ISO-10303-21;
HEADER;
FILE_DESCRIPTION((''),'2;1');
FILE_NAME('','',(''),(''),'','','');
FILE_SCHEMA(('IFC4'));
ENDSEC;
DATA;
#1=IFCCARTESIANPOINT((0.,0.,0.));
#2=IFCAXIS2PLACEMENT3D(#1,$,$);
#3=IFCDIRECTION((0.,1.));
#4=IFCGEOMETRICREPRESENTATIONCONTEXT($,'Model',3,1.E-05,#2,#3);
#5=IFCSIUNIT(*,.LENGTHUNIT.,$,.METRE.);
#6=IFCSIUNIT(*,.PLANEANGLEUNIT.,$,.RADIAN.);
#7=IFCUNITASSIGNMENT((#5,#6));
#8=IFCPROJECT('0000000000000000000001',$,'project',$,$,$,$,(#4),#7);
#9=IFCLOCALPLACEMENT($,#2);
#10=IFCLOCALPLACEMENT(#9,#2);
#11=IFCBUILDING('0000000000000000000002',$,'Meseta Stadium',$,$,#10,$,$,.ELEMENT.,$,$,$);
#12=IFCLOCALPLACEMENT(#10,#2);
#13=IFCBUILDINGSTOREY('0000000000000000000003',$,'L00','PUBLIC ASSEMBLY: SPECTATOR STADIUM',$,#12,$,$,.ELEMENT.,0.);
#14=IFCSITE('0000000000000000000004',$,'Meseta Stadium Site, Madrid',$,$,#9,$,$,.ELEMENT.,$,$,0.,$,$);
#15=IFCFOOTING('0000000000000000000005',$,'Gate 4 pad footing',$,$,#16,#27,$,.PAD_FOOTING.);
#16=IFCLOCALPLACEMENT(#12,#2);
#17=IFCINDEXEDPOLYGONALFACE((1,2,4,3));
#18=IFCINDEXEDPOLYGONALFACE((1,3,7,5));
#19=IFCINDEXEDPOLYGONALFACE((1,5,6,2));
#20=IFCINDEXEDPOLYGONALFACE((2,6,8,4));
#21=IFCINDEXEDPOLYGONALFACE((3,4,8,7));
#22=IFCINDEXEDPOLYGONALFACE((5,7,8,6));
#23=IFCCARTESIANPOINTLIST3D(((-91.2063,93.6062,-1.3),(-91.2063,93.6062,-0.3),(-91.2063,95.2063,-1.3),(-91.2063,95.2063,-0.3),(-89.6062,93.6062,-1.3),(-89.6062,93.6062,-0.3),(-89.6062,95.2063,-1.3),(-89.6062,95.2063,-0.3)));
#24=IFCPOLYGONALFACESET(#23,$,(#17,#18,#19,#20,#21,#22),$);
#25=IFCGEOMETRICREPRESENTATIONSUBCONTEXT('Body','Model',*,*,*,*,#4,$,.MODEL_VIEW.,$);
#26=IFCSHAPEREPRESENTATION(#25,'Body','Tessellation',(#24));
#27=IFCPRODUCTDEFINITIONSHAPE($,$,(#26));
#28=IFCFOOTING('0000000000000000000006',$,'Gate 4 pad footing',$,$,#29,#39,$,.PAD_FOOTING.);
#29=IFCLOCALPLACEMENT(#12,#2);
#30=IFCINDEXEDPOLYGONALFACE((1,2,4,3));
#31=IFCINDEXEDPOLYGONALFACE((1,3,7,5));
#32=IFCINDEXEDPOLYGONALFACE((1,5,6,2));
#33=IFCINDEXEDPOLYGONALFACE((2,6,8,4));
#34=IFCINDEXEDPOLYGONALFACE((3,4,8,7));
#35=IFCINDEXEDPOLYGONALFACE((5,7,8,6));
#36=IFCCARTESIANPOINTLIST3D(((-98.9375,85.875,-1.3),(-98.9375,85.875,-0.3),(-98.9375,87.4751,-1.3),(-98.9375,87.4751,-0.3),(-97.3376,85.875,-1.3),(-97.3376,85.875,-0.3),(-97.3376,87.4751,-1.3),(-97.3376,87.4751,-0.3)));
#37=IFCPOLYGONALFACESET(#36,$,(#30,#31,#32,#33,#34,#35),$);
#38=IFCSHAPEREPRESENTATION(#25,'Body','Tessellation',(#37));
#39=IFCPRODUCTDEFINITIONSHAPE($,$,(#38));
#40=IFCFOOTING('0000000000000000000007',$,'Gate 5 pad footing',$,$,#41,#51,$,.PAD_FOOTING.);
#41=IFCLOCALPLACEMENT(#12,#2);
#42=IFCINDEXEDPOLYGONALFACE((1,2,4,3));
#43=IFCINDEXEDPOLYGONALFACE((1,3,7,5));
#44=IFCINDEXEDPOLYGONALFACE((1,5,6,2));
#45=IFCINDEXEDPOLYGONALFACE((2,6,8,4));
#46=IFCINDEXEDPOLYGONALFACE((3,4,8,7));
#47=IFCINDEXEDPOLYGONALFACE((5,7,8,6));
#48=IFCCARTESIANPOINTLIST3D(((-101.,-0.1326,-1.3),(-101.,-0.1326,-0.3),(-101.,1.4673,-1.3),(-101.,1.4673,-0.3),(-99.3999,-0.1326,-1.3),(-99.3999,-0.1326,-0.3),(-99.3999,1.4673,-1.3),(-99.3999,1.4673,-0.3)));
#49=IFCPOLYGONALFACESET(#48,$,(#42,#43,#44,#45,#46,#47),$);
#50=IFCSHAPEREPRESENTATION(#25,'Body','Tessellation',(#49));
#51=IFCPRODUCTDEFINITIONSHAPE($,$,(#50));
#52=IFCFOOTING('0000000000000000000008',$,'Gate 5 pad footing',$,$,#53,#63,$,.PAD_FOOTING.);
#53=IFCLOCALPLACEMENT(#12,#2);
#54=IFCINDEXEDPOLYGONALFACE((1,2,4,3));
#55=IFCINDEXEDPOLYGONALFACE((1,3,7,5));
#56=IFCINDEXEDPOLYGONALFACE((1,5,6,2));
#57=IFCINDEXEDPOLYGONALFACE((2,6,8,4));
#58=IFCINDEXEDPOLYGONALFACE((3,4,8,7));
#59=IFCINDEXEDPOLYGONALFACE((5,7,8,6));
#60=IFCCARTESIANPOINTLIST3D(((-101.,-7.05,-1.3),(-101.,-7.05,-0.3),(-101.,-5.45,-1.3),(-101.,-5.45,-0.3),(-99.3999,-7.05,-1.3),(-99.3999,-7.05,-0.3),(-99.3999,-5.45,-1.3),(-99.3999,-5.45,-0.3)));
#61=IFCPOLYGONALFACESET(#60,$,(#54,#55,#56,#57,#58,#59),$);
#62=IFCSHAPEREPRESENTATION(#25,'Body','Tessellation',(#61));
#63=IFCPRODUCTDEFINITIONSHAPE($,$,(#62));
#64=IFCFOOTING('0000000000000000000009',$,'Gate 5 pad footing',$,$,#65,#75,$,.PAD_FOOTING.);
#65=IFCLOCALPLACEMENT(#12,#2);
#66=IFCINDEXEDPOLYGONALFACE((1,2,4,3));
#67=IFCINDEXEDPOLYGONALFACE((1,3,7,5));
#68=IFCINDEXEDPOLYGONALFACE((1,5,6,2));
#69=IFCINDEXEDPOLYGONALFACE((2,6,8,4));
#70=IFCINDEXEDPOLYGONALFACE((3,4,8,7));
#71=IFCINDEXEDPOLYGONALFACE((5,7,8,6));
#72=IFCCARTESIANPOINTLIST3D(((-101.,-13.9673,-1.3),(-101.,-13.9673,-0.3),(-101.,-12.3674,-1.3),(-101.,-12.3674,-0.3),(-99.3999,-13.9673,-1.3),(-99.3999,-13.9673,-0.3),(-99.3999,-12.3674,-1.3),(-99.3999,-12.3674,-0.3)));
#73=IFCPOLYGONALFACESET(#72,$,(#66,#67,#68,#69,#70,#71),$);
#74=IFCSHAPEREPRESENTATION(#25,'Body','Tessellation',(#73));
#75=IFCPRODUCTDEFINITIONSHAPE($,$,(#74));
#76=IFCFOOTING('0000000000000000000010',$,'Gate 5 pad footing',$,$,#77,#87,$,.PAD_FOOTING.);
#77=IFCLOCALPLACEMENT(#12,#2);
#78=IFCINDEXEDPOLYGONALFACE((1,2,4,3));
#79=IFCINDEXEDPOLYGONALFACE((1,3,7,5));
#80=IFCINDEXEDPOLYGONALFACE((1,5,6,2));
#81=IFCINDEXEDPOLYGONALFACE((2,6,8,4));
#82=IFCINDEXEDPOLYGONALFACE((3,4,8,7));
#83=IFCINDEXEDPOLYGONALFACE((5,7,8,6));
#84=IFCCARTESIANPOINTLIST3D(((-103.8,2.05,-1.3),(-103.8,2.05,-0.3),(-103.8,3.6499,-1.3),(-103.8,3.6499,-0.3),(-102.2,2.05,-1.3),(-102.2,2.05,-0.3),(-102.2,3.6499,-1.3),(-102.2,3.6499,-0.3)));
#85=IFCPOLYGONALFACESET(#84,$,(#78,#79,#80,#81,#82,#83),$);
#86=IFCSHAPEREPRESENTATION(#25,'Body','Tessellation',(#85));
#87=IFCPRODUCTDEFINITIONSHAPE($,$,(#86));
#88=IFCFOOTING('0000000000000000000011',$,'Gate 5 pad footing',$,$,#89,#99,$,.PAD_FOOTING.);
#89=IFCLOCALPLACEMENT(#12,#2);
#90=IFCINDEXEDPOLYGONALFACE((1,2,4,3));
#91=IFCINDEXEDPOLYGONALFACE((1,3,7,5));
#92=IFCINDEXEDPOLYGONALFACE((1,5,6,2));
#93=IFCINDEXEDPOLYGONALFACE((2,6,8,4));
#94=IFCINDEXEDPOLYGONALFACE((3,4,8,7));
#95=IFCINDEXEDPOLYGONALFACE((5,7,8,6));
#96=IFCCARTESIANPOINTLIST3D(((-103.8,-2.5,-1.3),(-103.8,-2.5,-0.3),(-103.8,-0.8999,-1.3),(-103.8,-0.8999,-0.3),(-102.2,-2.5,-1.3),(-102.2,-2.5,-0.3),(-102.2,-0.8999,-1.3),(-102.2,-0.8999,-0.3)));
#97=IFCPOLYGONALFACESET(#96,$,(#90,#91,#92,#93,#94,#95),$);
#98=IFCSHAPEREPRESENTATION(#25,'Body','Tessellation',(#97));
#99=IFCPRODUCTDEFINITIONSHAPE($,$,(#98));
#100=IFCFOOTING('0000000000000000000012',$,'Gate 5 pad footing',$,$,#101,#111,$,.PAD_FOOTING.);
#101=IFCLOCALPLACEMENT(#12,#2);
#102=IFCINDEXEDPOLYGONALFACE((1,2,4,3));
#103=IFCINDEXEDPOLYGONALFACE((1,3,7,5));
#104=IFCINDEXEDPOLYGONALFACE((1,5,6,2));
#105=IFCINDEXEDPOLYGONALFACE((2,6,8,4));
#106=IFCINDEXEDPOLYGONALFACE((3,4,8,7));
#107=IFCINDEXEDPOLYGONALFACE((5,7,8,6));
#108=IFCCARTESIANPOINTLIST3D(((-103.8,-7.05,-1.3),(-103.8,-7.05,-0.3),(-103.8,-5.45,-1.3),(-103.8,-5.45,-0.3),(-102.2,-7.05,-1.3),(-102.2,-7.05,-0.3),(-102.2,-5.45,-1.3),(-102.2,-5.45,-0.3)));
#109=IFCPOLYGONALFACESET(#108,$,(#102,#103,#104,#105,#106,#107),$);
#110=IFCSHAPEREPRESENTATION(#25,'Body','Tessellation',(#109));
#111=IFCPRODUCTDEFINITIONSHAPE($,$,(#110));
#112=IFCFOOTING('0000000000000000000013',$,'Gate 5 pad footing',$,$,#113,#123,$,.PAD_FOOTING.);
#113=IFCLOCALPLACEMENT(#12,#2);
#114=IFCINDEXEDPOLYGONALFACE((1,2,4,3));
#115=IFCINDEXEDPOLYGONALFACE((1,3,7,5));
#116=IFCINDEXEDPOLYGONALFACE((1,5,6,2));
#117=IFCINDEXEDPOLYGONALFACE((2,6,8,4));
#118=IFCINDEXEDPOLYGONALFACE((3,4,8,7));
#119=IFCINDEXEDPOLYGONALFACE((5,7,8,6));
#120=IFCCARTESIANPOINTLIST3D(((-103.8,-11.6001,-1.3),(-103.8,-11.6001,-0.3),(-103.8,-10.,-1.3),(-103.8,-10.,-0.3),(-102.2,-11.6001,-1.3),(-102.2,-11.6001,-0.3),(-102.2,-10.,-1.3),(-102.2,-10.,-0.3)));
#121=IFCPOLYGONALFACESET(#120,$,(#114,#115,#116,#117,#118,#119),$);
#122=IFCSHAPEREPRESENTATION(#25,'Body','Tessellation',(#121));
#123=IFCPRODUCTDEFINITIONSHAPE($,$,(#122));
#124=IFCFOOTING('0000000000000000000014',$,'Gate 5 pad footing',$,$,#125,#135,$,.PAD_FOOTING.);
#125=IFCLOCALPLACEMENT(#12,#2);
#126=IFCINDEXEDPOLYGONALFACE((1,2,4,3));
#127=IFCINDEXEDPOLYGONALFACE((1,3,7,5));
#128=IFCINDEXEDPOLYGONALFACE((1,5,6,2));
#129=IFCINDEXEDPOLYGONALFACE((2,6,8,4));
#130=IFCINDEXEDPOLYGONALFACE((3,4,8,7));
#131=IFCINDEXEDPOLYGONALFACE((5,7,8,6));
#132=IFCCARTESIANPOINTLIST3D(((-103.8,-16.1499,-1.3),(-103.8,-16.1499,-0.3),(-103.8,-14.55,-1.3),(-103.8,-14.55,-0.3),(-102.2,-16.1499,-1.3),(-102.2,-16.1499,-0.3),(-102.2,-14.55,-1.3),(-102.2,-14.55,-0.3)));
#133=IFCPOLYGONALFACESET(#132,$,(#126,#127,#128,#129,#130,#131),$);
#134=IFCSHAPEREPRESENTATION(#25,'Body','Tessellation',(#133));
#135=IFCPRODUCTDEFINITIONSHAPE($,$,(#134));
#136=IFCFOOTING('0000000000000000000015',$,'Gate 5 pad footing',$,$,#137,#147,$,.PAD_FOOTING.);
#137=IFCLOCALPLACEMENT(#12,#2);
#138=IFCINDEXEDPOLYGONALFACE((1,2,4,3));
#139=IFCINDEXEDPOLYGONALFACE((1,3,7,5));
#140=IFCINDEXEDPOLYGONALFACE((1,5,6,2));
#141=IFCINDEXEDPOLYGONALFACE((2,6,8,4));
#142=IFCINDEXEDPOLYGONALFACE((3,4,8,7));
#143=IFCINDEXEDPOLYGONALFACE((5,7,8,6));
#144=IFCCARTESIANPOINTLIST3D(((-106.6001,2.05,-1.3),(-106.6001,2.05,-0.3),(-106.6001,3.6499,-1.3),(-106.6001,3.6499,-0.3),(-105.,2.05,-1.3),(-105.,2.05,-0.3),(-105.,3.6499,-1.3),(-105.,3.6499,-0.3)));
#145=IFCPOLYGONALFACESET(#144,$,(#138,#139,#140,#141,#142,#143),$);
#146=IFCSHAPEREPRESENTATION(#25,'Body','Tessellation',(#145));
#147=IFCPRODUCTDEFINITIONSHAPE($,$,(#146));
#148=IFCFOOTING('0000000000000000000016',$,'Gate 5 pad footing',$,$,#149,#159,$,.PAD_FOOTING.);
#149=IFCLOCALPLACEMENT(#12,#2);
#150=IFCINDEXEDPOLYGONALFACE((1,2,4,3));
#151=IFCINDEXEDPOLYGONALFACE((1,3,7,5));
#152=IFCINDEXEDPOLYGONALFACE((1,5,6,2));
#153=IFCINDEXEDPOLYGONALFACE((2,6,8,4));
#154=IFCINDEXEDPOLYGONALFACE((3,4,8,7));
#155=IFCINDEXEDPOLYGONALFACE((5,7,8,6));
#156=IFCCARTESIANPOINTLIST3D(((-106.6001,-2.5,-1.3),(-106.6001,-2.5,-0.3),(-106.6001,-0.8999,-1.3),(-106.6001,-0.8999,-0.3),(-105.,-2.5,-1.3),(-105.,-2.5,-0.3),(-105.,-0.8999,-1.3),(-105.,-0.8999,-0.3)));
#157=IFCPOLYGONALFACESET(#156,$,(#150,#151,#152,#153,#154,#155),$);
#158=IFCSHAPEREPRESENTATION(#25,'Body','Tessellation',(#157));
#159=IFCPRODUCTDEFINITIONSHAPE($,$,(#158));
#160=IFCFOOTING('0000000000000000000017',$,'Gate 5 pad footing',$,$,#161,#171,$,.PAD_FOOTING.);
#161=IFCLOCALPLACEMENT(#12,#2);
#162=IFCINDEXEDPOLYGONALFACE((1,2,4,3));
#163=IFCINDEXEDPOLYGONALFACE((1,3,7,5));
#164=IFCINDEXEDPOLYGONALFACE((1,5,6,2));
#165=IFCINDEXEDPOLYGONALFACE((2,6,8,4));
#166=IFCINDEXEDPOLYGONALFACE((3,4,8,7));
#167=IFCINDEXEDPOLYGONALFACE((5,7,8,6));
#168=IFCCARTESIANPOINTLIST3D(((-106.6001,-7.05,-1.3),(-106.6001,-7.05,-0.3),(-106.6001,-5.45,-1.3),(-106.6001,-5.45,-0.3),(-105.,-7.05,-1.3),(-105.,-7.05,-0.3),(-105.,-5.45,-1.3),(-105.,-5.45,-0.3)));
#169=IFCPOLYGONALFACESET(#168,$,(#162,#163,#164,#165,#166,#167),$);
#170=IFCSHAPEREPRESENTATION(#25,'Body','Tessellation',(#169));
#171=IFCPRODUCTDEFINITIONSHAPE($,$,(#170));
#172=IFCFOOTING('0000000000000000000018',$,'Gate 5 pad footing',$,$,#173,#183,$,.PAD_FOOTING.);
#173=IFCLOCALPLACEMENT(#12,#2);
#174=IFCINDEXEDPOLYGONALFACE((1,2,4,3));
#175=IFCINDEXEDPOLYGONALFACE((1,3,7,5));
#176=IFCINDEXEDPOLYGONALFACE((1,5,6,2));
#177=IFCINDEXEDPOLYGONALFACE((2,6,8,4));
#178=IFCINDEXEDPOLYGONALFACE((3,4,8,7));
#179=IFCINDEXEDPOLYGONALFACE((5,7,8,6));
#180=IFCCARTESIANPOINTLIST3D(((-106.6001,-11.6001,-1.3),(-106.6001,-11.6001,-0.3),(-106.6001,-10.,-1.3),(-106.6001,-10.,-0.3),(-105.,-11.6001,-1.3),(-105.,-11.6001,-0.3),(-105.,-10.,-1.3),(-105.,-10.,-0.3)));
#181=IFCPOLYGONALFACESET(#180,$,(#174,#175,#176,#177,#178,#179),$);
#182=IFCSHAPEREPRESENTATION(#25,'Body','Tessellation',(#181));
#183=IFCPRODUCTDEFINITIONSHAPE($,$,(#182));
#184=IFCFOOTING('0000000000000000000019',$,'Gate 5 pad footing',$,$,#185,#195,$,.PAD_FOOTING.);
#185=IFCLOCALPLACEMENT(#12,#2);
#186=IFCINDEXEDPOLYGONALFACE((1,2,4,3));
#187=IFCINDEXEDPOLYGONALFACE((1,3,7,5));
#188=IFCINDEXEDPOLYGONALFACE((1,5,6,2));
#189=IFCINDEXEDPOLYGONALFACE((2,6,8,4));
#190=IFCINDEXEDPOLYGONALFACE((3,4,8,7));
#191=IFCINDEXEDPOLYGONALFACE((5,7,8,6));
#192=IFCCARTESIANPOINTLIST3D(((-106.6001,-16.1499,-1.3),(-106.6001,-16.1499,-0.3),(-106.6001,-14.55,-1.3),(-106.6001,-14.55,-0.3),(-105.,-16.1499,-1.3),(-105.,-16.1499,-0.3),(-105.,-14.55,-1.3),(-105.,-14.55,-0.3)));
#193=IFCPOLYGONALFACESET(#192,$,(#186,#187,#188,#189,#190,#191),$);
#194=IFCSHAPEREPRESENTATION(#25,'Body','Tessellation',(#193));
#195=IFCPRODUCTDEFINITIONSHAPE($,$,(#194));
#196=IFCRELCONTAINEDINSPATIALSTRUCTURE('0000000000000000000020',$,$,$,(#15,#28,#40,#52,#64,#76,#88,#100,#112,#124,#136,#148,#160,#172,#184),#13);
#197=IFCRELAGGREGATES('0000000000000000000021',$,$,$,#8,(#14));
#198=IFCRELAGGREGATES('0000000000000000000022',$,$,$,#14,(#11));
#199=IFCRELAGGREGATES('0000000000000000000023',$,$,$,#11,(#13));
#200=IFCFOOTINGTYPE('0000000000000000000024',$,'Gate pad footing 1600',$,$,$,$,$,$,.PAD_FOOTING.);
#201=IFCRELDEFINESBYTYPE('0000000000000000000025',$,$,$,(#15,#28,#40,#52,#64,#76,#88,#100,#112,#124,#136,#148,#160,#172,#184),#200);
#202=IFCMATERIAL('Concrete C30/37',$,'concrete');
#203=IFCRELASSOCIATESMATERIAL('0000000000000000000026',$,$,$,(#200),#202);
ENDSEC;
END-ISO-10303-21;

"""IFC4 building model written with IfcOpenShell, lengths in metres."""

from ifc_helpers import new_model, si_unit, direction, frame, origin, place, context, subcontext, project, spatial, polyline, outline, extrude, material, type_object, element, save


model = new_model("IFC4")

# Units and contexts
model_context = context("Model", 3, precision=1e-05, world=origin(), true_north=direction((0.0, 1.0)))
body_context = subcontext(model_context, "Body", "Model", "MODEL_VIEW")
ifc_project = project(units=[si_unit("LENGTHUNIT", "METRE"), si_unit("PLANEANGLEUNIT", "RADIAN")], contexts=[model_context])

# Site, building, storey
site_placement = place(None, origin())
site = spatial("IfcSite", under=ifc_project, at=site_placement, Name="Meseta Stadium Site, Madrid", CompositionType="ELEMENT", RefElevation=0.0)
building_placement = place(site_placement, origin())
building = spatial("IfcBuilding", under=site, at=building_placement, Name="Meseta Stadium", CompositionType="ELEMENT")
storey_placement = place(building_placement, origin())
storey = spatial("IfcBuildingStorey", under=building, at=storey_placement, Name="L00", Description="PUBLIC ASSEMBLY: SPECTATOR STADIUM", CompositionType="ELEMENT", Elevation=0.0)

# Footings
ifc_material = material(Name="Concrete C30/37", Category="concrete")
footing_type = type_object("IfcFootingType", Name="Gate pad footing 1600", PredefinedType="PAD_FOOTING", material=ifc_material)
footing_1_placement = place(storey_placement, frame((0.0, 0.0, -1.3)))
element("IfcFooting", 1, at=footing_1_placement, inside=storey, type_object=footing_type, Name="Gate 4 pad footing", PredefinedType="PAD_FOOTING", context=body_context, shape_type="SweptSolid", body=[
    extrude(outline(polyline([(-89.6062, 93.6062), (-89.6062, 95.2063), (-91.2063, 95.2063), (-91.2063, 93.6062), (-89.6062, 93.6062)])), origin(), (0.0, 0.0, 1.0), 1.0),
])
footing_2_placement = place(storey_placement, frame((0.0, 0.0, -1.3)))
element("IfcFooting", 2, at=footing_2_placement, inside=storey, type_object=footing_type, Name="Gate 4 pad footing", PredefinedType="PAD_FOOTING", context=body_context, shape_type="SweptSolid", body=[
    extrude(outline(polyline([(-97.3376, 85.875), (-97.3376, 87.4751), (-98.9375, 87.4751), (-98.9375, 85.875), (-97.3376, 85.875)])), origin(), (0.0, 0.0, 1.0), 1.0),
])
footing_3_placement = place(storey_placement, frame((0.0, 0.0, -1.3)))
element("IfcFooting", 3, at=footing_3_placement, inside=storey, type_object=footing_type, Name="Gate 5 pad footing", PredefinedType="PAD_FOOTING", context=body_context, shape_type="SweptSolid", body=[
    extrude(outline(polyline([(-99.3999, -0.1326), (-99.3999, 1.4673), (-101.0, 1.4673), (-101.0, -0.1326), (-99.3999, -0.1326)])), origin(), (0.0, 0.0, 1.0), 1.0),
])
footing_4_placement = place(storey_placement, frame((0.0, 0.0, -1.3)))
element("IfcFooting", 4, at=footing_4_placement, inside=storey, type_object=footing_type, Name="Gate 5 pad footing", PredefinedType="PAD_FOOTING", context=body_context, shape_type="SweptSolid", body=[
    extrude(outline(polyline([(-99.3999, -7.05), (-99.3999, -5.45), (-101.0, -5.45), (-101.0, -7.05), (-99.3999, -7.05)])), origin(), (0.0, 0.0, 1.0), 1.0),
])
footing_5_placement = place(storey_placement, frame((0.0, 0.0, -1.3)))
element("IfcFooting", 5, at=footing_5_placement, inside=storey, type_object=footing_type, Name="Gate 5 pad footing", PredefinedType="PAD_FOOTING", context=body_context, shape_type="SweptSolid", body=[
    extrude(outline(polyline([(-99.3999, -13.9673), (-99.3999, -12.3674), (-101.0, -12.3674), (-101.0, -13.9673), (-99.3999, -13.9673)])), origin(), (0.0, 0.0, 1.0), 1.0),
])
footing_6_placement = place(storey_placement, frame((0.0, 0.0, -1.3)))
element("IfcFooting", 6, at=footing_6_placement, inside=storey, type_object=footing_type, Name="Gate 5 pad footing", PredefinedType="PAD_FOOTING", context=body_context, shape_type="SweptSolid", body=[
    extrude(outline(polyline([(-102.2, 2.05), (-102.2, 3.6499), (-103.8, 3.6499), (-103.8, 2.05), (-102.2, 2.05)])), origin(), (0.0, 0.0, 1.0), 1.0),
])
footing_7_placement = place(storey_placement, frame((0.0, 0.0, -1.3)))
element("IfcFooting", 7, at=footing_7_placement, inside=storey, type_object=footing_type, Name="Gate 5 pad footing", PredefinedType="PAD_FOOTING", context=body_context, shape_type="SweptSolid", body=[
    extrude(outline(polyline([(-102.2, -2.5), (-102.2, -0.8999), (-103.8, -0.8999), (-103.8, -2.5), (-102.2, -2.5)])), origin(), (0.0, 0.0, 1.0), 1.0),
])
footing_8_placement = place(storey_placement, frame((0.0, 0.0, -1.3)))
element("IfcFooting", 8, at=footing_8_placement, inside=storey, type_object=footing_type, Name="Gate 5 pad footing", PredefinedType="PAD_FOOTING", context=body_context, shape_type="SweptSolid", body=[
    extrude(outline(polyline([(-102.2, -7.05), (-102.2, -5.45), (-103.8, -5.45), (-103.8, -7.05), (-102.2, -7.05)])), origin(), (0.0, 0.0, 1.0), 1.0),
])
footing_9_placement = place(storey_placement, frame((0.0, 0.0, -1.3)))
element("IfcFooting", 9, at=footing_9_placement, inside=storey, type_object=footing_type, Name="Gate 5 pad footing", PredefinedType="PAD_FOOTING", context=body_context, shape_type="SweptSolid", body=[
    extrude(outline(polyline([(-102.2, -11.6001), (-102.2, -10.0), (-103.8, -10.0), (-103.8, -11.6001), (-102.2, -11.6001)])), origin(), (0.0, 0.0, 1.0), 1.0),
])
footing_10_placement = place(storey_placement, frame((0.0, 0.0, -1.3)))
element("IfcFooting", 10, at=footing_10_placement, inside=storey, type_object=footing_type, Name="Gate 5 pad footing", PredefinedType="PAD_FOOTING", context=body_context, shape_type="SweptSolid", body=[
    extrude(outline(polyline([(-102.2, -16.1499), (-102.2, -14.55), (-103.8, -14.55), (-103.8, -16.1499), (-102.2, -16.1499)])), origin(), (0.0, 0.0, 1.0), 1.0),
])
footing_11_placement = place(storey_placement, frame((0.0, 0.0, -1.3)))
element("IfcFooting", 11, at=footing_11_placement, inside=storey, type_object=footing_type, Name="Gate 5 pad footing", PredefinedType="PAD_FOOTING", context=body_context, shape_type="SweptSolid", body=[
    extrude(outline(polyline([(-105.0, 2.05), (-105.0, 3.6499), (-106.6001, 3.6499), (-106.6001, 2.05), (-105.0, 2.05)])), origin(), (0.0, 0.0, 1.0), 1.0),
])
footing_12_placement = place(storey_placement, frame((0.0, 0.0, -1.3)))
element("IfcFooting", 12, at=footing_12_placement, inside=storey, type_object=footing_type, Name="Gate 5 pad footing", PredefinedType="PAD_FOOTING", context=body_context, shape_type="SweptSolid", body=[
    extrude(outline(polyline([(-105.0, -2.5), (-105.0, -0.8999), (-106.6001, -0.8999), (-106.6001, -2.5), (-105.0, -2.5)])), origin(), (0.0, 0.0, 1.0), 1.0),
])
footing_13_placement = place(storey_placement, frame((0.0, 0.0, -1.3)))
element("IfcFooting", 13, at=footing_13_placement, inside=storey, type_object=footing_type, Name="Gate 5 pad footing", PredefinedType="PAD_FOOTING", context=body_context, shape_type="SweptSolid", body=[
    extrude(outline(polyline([(-105.0, -7.05), (-105.0, -5.45), (-106.6001, -5.45), (-106.6001, -7.05), (-105.0, -7.05)])), origin(), (0.0, 0.0, 1.0), 1.0),
])
footing_14_placement = place(storey_placement, frame((0.0, 0.0, -1.3)))
element("IfcFooting", 14, at=footing_14_placement, inside=storey, type_object=footing_type, Name="Gate 5 pad footing", PredefinedType="PAD_FOOTING", context=body_context, shape_type="SweptSolid", body=[
    extrude(outline(polyline([(-105.0, -11.6001), (-105.0, -10.0), (-106.6001, -10.0), (-106.6001, -11.6001), (-105.0, -11.6001)])), origin(), (0.0, 0.0, 1.0), 1.0),
])
footing_15_placement = place(storey_placement, frame((0.0, 0.0, -1.3)))
element("IfcFooting", 15, at=footing_15_placement, inside=storey, type_object=footing_type, Name="Gate 5 pad footing", PredefinedType="PAD_FOOTING", context=body_context, shape_type="SweptSolid", body=[
    extrude(outline(polyline([(-105.0, -16.1499), (-105.0, -14.55), (-106.6001, -14.55), (-106.6001, -16.1499), (-105.0, -16.1499)])), origin(), (0.0, 0.0, 1.0), 1.0),
])

save(model, "model.ifc")
